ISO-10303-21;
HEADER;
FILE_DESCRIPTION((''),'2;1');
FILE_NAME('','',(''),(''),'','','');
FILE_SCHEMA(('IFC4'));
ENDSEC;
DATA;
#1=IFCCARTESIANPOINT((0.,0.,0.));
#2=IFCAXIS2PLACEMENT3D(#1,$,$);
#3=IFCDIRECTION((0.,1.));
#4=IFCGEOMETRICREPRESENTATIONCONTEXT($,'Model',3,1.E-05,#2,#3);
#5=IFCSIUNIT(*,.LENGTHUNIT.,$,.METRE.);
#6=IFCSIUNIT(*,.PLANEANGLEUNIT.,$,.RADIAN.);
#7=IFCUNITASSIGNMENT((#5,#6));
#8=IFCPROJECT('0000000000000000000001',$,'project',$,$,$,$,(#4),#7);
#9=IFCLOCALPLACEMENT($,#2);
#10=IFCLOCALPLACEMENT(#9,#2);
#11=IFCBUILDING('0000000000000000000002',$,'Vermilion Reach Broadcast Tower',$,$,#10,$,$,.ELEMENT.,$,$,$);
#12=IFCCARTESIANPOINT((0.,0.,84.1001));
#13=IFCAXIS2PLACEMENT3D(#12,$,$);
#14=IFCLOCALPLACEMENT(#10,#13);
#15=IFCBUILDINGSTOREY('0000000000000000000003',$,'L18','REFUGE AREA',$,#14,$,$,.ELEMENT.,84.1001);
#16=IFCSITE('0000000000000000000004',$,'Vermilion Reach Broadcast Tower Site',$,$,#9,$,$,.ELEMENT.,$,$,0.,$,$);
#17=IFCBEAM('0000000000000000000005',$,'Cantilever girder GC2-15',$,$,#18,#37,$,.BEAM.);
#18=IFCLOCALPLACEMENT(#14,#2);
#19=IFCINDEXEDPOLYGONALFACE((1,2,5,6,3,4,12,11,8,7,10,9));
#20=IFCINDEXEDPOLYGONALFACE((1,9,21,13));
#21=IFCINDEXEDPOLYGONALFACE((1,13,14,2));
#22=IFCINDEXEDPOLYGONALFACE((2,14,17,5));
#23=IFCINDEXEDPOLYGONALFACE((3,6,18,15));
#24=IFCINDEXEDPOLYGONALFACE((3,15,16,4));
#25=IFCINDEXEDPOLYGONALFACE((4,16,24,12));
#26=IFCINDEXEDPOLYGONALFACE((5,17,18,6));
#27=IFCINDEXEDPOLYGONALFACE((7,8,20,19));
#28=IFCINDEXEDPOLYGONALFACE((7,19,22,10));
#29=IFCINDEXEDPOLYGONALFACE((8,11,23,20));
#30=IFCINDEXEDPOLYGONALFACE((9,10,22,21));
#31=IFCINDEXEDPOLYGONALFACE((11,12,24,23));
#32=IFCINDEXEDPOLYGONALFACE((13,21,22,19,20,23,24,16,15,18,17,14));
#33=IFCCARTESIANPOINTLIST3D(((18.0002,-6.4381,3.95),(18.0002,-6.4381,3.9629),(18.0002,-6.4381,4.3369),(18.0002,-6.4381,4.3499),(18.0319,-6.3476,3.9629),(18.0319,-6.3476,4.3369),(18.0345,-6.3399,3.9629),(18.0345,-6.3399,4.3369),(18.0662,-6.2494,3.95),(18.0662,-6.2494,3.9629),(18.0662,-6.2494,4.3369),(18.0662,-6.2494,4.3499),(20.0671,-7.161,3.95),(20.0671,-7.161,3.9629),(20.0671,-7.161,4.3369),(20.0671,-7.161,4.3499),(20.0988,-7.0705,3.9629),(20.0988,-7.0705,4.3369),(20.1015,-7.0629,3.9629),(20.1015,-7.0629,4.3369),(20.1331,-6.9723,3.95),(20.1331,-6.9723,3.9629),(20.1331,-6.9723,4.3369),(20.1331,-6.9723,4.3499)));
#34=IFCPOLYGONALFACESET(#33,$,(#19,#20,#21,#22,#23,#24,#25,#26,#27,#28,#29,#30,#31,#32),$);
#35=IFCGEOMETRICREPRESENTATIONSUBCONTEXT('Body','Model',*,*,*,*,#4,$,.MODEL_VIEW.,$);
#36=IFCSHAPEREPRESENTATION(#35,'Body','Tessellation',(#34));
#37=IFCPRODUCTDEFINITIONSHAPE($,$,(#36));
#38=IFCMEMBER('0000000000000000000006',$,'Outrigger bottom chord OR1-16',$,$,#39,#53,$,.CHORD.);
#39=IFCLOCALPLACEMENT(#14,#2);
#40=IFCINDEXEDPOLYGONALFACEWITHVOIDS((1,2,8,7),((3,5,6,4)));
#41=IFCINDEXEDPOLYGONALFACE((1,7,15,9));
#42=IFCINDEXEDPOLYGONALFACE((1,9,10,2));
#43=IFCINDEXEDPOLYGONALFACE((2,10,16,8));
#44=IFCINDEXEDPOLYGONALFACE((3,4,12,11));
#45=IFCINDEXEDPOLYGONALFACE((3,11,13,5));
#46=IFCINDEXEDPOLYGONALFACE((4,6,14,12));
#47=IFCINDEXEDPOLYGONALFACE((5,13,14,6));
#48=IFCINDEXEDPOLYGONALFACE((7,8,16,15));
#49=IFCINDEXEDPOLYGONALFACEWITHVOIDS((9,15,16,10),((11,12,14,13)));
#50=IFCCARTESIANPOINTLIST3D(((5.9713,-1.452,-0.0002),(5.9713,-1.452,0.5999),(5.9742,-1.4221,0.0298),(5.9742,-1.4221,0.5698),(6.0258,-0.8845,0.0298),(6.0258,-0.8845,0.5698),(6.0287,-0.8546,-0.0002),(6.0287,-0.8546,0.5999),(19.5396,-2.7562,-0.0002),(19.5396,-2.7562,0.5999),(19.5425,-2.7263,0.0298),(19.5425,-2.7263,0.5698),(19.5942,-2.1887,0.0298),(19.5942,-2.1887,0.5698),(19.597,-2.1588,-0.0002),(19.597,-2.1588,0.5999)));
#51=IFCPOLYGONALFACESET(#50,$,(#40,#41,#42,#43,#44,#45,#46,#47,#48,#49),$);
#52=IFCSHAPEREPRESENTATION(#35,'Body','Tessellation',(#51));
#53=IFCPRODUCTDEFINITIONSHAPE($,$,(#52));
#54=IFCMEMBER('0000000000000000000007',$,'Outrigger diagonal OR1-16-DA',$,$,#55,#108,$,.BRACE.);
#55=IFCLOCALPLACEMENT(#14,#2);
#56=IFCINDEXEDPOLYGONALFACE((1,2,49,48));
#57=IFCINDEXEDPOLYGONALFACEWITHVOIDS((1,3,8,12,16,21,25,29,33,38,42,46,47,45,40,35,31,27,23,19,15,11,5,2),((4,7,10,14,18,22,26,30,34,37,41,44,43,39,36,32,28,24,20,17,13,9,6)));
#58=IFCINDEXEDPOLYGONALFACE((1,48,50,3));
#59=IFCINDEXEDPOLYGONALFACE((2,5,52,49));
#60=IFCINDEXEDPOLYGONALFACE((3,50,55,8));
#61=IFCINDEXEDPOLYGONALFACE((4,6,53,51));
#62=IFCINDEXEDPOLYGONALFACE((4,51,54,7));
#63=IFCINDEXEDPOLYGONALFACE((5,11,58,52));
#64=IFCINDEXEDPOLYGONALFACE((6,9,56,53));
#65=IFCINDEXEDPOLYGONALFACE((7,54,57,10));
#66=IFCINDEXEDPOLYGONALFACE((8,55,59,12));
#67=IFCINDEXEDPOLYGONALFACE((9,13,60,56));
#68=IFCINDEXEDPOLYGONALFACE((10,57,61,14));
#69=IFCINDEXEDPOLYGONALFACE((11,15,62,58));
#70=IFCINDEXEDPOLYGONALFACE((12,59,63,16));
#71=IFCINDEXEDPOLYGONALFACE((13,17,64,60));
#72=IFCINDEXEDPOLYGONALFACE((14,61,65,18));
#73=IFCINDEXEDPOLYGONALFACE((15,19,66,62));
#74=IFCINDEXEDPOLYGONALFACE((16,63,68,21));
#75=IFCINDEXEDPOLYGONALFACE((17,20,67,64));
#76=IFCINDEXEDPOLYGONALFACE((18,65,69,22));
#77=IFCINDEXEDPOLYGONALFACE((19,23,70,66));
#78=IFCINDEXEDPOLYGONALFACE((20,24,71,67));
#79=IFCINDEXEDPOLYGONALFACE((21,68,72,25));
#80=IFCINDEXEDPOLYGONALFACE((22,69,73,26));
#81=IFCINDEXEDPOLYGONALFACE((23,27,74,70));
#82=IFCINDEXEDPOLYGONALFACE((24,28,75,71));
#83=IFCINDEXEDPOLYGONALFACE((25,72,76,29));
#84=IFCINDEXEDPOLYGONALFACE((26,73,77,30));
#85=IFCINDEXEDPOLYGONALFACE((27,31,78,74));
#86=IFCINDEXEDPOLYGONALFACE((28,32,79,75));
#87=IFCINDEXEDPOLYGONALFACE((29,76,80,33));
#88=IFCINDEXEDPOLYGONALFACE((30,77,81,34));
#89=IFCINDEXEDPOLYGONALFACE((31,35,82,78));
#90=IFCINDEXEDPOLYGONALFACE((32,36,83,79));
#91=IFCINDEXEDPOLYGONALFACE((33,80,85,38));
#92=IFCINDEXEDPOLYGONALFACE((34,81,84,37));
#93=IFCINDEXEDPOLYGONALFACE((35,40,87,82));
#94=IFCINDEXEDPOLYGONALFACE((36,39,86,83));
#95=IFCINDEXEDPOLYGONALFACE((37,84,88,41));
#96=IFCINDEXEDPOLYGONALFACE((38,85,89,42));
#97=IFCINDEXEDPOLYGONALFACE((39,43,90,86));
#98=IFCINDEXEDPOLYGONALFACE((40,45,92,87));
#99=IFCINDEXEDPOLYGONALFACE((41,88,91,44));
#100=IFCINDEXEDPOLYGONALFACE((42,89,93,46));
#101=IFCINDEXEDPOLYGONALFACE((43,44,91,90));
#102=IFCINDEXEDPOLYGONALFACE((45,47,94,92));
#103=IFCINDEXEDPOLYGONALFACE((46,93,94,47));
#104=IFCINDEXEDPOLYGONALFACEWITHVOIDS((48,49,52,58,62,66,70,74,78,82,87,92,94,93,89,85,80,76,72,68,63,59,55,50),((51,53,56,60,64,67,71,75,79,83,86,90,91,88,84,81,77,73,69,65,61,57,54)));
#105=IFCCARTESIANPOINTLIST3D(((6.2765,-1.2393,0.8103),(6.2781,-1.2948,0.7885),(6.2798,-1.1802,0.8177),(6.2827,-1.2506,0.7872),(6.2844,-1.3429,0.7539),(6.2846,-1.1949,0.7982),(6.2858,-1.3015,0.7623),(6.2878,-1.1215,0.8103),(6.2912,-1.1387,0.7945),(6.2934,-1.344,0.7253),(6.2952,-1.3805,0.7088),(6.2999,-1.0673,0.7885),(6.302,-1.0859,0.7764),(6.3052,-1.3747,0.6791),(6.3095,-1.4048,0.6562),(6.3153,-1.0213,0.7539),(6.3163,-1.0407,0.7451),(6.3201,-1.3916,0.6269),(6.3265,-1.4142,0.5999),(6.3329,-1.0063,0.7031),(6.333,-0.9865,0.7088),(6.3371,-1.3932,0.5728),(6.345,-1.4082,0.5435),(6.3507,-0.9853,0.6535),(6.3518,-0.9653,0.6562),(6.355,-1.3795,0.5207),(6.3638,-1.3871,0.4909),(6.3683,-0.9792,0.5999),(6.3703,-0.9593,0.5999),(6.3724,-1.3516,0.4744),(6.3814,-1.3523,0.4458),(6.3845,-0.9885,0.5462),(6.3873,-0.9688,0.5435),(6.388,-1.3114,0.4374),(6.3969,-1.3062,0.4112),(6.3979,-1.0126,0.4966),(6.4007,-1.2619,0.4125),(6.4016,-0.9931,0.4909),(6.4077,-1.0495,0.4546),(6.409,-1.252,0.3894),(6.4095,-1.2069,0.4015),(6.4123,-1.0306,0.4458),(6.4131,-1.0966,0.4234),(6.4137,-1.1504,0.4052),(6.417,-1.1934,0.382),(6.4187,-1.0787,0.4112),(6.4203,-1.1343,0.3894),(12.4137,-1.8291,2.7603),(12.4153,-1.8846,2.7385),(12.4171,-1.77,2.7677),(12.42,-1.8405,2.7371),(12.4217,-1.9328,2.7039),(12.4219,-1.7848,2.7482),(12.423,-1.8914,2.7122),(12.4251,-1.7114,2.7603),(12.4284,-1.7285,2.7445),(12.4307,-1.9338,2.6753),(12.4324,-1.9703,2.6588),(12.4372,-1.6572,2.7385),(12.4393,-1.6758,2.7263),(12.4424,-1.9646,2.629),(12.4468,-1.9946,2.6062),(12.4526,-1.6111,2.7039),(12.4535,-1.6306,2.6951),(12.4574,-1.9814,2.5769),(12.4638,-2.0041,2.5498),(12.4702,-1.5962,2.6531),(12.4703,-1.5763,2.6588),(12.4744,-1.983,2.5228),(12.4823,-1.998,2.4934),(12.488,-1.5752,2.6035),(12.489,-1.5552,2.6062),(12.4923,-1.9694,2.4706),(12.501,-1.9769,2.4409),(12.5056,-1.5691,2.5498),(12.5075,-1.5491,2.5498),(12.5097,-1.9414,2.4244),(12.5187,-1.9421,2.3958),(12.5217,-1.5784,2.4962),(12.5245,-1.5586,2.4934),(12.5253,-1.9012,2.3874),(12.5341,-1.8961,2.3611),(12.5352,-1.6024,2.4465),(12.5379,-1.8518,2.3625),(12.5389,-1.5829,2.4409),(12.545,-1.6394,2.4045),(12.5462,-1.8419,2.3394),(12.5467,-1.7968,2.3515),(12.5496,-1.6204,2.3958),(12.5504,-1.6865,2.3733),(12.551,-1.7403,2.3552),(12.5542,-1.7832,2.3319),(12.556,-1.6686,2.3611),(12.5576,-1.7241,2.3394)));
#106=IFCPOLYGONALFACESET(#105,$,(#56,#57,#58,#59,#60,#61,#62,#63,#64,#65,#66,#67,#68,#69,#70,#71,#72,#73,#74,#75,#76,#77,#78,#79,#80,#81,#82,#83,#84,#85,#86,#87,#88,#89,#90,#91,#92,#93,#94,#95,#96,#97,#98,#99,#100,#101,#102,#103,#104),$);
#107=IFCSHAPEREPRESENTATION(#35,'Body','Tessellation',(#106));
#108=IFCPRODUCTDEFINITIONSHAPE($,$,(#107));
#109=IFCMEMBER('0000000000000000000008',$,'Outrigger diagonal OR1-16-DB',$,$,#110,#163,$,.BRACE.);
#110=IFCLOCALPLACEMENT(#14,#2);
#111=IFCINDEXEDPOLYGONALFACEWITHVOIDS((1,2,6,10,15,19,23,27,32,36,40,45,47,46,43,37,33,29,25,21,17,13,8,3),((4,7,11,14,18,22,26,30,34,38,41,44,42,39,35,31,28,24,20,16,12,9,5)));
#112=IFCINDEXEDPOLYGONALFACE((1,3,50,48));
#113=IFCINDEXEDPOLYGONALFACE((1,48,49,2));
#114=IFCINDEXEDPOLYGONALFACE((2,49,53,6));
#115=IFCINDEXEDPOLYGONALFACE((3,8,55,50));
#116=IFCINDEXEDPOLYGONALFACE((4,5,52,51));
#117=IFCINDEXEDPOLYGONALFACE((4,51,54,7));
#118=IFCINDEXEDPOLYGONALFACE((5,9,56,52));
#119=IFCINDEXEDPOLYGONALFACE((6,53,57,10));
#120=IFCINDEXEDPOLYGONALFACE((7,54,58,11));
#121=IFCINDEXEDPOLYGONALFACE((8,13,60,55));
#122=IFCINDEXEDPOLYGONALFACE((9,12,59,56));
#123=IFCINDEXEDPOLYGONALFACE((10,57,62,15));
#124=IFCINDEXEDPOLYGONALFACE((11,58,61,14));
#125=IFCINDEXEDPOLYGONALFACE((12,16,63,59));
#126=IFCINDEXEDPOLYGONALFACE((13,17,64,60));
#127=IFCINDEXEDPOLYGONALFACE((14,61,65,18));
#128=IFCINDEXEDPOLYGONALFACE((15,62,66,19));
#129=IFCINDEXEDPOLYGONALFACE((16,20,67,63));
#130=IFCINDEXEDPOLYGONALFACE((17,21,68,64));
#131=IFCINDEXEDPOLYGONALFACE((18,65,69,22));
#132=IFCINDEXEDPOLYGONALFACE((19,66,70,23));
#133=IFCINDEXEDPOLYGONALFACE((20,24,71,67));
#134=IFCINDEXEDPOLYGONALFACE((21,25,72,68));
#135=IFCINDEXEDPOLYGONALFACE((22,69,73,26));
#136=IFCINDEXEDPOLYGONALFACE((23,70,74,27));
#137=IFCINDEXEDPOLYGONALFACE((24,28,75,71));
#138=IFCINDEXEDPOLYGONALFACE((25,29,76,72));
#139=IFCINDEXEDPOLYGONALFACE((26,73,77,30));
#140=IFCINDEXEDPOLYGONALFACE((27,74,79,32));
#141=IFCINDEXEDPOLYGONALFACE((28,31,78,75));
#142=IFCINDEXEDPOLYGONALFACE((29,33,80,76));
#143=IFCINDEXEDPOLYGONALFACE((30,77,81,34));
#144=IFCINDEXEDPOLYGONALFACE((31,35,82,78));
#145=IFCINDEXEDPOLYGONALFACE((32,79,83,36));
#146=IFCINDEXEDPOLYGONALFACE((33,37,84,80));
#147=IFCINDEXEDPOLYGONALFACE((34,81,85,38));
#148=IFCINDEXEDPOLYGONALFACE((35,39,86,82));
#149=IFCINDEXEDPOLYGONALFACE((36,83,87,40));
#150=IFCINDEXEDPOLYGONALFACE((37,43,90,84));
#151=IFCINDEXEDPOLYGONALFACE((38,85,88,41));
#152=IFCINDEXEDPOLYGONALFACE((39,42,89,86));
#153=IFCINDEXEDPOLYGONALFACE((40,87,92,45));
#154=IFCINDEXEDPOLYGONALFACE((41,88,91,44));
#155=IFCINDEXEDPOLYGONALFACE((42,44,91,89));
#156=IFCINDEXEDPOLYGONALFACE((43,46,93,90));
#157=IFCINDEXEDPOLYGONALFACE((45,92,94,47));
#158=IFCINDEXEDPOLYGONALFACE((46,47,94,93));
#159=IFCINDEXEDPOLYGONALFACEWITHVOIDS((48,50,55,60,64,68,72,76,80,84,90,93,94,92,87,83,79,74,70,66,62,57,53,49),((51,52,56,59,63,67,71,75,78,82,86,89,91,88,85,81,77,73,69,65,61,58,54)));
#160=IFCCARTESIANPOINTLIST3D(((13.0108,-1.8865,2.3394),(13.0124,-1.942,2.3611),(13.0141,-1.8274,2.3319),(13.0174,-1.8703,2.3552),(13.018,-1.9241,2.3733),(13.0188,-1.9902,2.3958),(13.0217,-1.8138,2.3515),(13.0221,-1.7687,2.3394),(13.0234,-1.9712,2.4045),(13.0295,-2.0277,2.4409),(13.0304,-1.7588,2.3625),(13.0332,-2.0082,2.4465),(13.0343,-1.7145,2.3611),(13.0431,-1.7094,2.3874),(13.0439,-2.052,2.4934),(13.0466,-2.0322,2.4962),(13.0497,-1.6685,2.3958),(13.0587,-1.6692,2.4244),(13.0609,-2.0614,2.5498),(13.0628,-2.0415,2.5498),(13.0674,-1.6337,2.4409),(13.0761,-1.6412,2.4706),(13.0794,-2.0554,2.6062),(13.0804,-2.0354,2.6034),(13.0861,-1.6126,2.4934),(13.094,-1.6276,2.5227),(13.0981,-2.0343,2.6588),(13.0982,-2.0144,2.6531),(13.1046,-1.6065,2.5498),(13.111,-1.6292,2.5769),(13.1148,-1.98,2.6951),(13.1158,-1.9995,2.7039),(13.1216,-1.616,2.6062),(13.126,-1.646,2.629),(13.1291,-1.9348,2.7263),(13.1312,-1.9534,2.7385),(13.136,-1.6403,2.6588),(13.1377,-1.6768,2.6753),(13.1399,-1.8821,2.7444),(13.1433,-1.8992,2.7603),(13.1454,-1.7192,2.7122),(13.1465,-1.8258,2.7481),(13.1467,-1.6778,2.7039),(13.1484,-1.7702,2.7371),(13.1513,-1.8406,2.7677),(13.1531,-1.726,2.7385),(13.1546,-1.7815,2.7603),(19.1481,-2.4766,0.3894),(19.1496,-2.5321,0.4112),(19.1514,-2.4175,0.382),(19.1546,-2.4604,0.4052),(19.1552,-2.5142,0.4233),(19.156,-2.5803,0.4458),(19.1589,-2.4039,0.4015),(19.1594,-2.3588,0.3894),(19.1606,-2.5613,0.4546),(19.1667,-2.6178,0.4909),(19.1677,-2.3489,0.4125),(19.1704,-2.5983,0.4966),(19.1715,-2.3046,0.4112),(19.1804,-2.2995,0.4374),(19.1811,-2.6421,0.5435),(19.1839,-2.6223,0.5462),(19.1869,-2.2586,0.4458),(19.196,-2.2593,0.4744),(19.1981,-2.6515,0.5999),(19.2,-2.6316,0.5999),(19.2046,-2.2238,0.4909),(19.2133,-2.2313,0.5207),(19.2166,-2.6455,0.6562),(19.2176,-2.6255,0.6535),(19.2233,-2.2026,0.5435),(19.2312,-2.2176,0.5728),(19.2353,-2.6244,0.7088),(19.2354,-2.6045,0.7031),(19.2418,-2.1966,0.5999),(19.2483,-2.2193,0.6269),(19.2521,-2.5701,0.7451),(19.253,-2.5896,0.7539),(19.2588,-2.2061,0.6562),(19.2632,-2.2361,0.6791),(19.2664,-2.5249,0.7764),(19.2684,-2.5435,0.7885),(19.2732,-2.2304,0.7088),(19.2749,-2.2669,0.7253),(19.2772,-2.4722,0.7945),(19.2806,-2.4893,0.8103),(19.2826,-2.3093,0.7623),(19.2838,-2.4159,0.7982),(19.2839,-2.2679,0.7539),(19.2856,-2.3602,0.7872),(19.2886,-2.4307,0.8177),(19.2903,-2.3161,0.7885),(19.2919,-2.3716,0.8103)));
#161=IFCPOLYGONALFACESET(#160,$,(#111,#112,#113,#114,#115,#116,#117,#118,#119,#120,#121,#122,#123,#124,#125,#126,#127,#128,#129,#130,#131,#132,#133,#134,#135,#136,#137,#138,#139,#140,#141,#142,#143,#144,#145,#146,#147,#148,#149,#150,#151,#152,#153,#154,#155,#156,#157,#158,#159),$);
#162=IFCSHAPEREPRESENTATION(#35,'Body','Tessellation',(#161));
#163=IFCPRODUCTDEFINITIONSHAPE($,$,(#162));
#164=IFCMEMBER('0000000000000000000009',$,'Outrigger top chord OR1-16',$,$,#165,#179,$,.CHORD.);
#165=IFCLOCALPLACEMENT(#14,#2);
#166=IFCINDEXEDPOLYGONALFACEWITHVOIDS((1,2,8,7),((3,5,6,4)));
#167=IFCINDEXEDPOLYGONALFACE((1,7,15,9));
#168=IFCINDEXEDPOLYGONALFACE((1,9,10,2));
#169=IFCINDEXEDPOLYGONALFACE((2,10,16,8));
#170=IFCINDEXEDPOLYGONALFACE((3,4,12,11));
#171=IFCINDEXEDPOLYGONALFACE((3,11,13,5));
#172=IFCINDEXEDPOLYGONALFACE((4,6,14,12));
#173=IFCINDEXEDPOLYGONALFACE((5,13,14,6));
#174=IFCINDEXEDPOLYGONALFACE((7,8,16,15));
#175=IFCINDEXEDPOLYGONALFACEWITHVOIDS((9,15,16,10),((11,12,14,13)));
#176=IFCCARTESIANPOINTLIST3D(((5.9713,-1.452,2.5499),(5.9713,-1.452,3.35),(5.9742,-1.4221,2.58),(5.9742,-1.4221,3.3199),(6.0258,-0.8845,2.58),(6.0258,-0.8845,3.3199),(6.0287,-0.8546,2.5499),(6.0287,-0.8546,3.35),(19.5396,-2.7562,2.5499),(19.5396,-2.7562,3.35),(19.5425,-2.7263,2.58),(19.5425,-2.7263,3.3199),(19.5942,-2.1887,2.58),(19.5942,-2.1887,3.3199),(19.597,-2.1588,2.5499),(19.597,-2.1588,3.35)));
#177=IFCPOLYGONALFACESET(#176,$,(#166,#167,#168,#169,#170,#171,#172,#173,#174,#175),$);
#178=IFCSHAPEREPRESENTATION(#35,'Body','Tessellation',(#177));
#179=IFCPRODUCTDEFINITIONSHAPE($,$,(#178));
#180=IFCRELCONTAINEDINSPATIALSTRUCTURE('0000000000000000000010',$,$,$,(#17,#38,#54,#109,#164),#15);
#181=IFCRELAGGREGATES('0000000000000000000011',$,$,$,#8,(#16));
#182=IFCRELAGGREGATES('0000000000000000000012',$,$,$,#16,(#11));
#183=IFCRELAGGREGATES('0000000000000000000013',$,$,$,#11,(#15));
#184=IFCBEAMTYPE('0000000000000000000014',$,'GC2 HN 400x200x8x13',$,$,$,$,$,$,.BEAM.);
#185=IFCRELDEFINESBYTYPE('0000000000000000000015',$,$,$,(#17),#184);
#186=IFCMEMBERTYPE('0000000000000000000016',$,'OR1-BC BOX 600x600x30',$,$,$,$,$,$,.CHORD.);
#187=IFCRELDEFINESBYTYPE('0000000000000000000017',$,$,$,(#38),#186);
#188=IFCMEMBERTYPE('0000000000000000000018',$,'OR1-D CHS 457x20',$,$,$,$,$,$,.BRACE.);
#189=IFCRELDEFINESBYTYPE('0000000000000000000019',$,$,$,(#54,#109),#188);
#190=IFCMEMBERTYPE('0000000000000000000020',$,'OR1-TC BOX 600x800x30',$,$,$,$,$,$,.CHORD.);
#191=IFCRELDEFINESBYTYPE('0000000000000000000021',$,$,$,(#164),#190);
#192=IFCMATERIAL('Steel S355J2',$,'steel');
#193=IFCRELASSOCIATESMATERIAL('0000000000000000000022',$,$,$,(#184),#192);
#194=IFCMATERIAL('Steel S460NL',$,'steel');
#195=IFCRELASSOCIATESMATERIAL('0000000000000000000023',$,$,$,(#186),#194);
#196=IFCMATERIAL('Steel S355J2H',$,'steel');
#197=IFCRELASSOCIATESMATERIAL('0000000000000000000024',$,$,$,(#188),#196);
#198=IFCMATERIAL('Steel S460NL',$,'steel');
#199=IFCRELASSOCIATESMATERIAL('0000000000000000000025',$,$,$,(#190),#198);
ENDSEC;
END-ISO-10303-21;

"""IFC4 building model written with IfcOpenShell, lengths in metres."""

from ifc_helpers import new_model, si_unit, direction, frame, origin, origin_2d, place, context, subcontext, project, spatial, hollow_rectangle, hollow_circle, i_section, extrude, material, material_profile, profile_set, type_object, element, save


model = new_model("IFC4")

# Units and contexts
model_context = context("Model", 3, precision=1e-05, world=origin(), true_north=direction((0.0, 1.0)))
body_context = subcontext(model_context, "Body", "Model", "MODEL_VIEW")
ifc_project = project(units=[si_unit("LENGTHUNIT", "METRE"), si_unit("PLANEANGLEUNIT", "RADIAN")], contexts=[model_context])

# Site, building, storey
site_placement = place(None, origin())
site = spatial("IfcSite", under=ifc_project, at=site_placement, Name="Vermilion Reach Broadcast Tower Site", CompositionType="ELEMENT", RefElevation=0.0)
building_placement = place(site_placement, origin())
building = spatial("IfcBuilding", under=site, at=building_placement, Name="Vermilion Reach Broadcast Tower", CompositionType="ELEMENT")
storey_placement = place(building_placement, frame((0.0, 0.0, 84.1001)))
storey = spatial("IfcBuildingStorey", under=building, at=storey_placement, Name="L18", Description="REFUGE AREA", CompositionType="ELEMENT", Elevation=84.1001)

# Beam
ifc_material_1 = material(Name="Steel S355J2", Category="steel")
ifc_material_profile_1 = material_profile(ifc_material_1, i_section(OverallWidth=0.2, OverallDepth=0.3999, WebThickness=0.0081, FlangeThickness=0.0129, at=origin_2d()), Name="S355J2 HN 400x200x8x13")
ifc_profile_set_1 = profile_set([ifc_material_profile_1], Name="Steel S355J2")
beam_type_1 = type_object("IfcBeamType", Name="GC2 HN 400x200x8x13", PredefinedType="BEAM", material=ifc_profile_set_1)
beam_1_placement = place(storey_placement, frame((18.0332, -6.3438, 4.1499), z_axis=(0.943931, -0.330142, 0.0), x_axis=(0.330142, 0.943931, 0.0)))
element("IfcBeam", 1, at=beam_1_placement, inside=storey, type_object=beam_type_1, Name="Cantilever girder GC2-15", PredefinedType="BEAM", context=body_context, shape_type="SweptSolid", body=[
    extrude(i_section(OverallWidth=0.2, OverallDepth=0.3999, WebThickness=0.0081, FlangeThickness=0.0129, at=origin_2d()), origin(), (0.0, 0.0, 1.0), 2.1897),
])

# Members
ifc_material_2 = material(Name="Steel S460NL", Category="steel")
ifc_material_profile_2 = material_profile(ifc_material_2, hollow_rectangle(XDim=0.6001, YDim=0.6001, WallThickness=0.03, at=origin_2d()), Name="S460NL BOX 600x600x30")
ifc_profile_set_2 = profile_set([ifc_material_profile_2], Name="Steel S460NL")
member_type_1 = type_object("IfcMemberType", Name="OR1-BC BOX 600x600x30", PredefinedType="CHORD", material=ifc_profile_set_2)
member_1_placement = place(storey_placement, frame((6.0, -1.1533, 0.2998), z_axis=(0.995412, -0.09568, 0.0), x_axis=(0.09568, 0.995412, 0.0)))
element("IfcMember", 2, at=member_1_placement, inside=storey, type_object=member_type_1, Name="Outrigger bottom chord OR1-16", PredefinedType="CHORD", context=body_context, shape_type="SweptSolid", body=[
    extrude(hollow_rectangle(XDim=0.6001, YDim=0.6001, WallThickness=0.03, at=origin_2d()), origin(), (0.0, 0.0, 1.0), 13.6309),
])
ifc_material_3 = material(Name="Steel S355J2H", Category="steel")
ifc_material_profile_3 = material_profile(ifc_material_3, hollow_circle(Radius=0.2285, WallThickness=0.02, at=origin_2d()), Name="S355J2H CHS 457x20")
ifc_profile_set_3 = profile_set([ifc_material_profile_3], Name="Steel S355J2H")
member_type_2 = type_object("IfcMemberType", Name="OR1-D CHS 457x20", PredefinedType="BRACE", material=ifc_profile_set_3)
for number, where, z_axis, x_axis, name in (
    (3, (6.3484, -1.1868, 0.5999), (0.949078, -0.091215, 0.301547), (0.095669, 0.995413, 0.0), "Outrigger diagonal OR1-16-DA"),
    (4, (19.22, -2.4241, 0.5999), (-0.949075, 0.091253, 0.301546), (-0.095708, -0.995409, 0.0), "Outrigger diagonal OR1-16-DB"),
):
    element("IfcMember", number, at=place(storey_placement, frame(where, z_axis=z_axis, x_axis=x_axis)), inside=storey, type_object=member_type_2, Name=name, PredefinedType="BRACE", context=body_context, shape_type="SweptSolid", body=[
        extrude(hollow_circle(Radius=0.2285, WallThickness=0.02, at=origin_2d()), origin(), (0.0, 0.0, 1.0), 6.4666),
    ])
ifc_material_4 = material(Name="Steel S460NL", Category="steel")
ifc_material_profile_4 = material_profile(ifc_material_4, hollow_rectangle(XDim=0.6001, YDim=0.8, WallThickness=0.03, at=origin_2d()), Name="S460NL BOX 600x800x30")
ifc_profile_set_4 = profile_set([ifc_material_profile_4], Name="Steel S460NL")
member_type_3 = type_object("IfcMemberType", Name="OR1-TC BOX 600x800x30", PredefinedType="CHORD", material=ifc_profile_set_4)
member_2_placement = place(storey_placement, frame((6.0, -1.1533, 2.95), z_axis=(0.995412, -0.09568, 0.0), x_axis=(0.09568, 0.995412, 0.0)))
element("IfcMember", 5, at=member_2_placement, inside=storey, type_object=member_type_3, Name="Outrigger top chord OR1-16", PredefinedType="CHORD", context=body_context, shape_type="SweptSolid", body=[
    extrude(hollow_rectangle(XDim=0.6001, YDim=0.8, WallThickness=0.03, at=origin_2d()), origin(), (0.0, 0.0, 1.0), 13.6309),
])

save(model, "model.ifc")
